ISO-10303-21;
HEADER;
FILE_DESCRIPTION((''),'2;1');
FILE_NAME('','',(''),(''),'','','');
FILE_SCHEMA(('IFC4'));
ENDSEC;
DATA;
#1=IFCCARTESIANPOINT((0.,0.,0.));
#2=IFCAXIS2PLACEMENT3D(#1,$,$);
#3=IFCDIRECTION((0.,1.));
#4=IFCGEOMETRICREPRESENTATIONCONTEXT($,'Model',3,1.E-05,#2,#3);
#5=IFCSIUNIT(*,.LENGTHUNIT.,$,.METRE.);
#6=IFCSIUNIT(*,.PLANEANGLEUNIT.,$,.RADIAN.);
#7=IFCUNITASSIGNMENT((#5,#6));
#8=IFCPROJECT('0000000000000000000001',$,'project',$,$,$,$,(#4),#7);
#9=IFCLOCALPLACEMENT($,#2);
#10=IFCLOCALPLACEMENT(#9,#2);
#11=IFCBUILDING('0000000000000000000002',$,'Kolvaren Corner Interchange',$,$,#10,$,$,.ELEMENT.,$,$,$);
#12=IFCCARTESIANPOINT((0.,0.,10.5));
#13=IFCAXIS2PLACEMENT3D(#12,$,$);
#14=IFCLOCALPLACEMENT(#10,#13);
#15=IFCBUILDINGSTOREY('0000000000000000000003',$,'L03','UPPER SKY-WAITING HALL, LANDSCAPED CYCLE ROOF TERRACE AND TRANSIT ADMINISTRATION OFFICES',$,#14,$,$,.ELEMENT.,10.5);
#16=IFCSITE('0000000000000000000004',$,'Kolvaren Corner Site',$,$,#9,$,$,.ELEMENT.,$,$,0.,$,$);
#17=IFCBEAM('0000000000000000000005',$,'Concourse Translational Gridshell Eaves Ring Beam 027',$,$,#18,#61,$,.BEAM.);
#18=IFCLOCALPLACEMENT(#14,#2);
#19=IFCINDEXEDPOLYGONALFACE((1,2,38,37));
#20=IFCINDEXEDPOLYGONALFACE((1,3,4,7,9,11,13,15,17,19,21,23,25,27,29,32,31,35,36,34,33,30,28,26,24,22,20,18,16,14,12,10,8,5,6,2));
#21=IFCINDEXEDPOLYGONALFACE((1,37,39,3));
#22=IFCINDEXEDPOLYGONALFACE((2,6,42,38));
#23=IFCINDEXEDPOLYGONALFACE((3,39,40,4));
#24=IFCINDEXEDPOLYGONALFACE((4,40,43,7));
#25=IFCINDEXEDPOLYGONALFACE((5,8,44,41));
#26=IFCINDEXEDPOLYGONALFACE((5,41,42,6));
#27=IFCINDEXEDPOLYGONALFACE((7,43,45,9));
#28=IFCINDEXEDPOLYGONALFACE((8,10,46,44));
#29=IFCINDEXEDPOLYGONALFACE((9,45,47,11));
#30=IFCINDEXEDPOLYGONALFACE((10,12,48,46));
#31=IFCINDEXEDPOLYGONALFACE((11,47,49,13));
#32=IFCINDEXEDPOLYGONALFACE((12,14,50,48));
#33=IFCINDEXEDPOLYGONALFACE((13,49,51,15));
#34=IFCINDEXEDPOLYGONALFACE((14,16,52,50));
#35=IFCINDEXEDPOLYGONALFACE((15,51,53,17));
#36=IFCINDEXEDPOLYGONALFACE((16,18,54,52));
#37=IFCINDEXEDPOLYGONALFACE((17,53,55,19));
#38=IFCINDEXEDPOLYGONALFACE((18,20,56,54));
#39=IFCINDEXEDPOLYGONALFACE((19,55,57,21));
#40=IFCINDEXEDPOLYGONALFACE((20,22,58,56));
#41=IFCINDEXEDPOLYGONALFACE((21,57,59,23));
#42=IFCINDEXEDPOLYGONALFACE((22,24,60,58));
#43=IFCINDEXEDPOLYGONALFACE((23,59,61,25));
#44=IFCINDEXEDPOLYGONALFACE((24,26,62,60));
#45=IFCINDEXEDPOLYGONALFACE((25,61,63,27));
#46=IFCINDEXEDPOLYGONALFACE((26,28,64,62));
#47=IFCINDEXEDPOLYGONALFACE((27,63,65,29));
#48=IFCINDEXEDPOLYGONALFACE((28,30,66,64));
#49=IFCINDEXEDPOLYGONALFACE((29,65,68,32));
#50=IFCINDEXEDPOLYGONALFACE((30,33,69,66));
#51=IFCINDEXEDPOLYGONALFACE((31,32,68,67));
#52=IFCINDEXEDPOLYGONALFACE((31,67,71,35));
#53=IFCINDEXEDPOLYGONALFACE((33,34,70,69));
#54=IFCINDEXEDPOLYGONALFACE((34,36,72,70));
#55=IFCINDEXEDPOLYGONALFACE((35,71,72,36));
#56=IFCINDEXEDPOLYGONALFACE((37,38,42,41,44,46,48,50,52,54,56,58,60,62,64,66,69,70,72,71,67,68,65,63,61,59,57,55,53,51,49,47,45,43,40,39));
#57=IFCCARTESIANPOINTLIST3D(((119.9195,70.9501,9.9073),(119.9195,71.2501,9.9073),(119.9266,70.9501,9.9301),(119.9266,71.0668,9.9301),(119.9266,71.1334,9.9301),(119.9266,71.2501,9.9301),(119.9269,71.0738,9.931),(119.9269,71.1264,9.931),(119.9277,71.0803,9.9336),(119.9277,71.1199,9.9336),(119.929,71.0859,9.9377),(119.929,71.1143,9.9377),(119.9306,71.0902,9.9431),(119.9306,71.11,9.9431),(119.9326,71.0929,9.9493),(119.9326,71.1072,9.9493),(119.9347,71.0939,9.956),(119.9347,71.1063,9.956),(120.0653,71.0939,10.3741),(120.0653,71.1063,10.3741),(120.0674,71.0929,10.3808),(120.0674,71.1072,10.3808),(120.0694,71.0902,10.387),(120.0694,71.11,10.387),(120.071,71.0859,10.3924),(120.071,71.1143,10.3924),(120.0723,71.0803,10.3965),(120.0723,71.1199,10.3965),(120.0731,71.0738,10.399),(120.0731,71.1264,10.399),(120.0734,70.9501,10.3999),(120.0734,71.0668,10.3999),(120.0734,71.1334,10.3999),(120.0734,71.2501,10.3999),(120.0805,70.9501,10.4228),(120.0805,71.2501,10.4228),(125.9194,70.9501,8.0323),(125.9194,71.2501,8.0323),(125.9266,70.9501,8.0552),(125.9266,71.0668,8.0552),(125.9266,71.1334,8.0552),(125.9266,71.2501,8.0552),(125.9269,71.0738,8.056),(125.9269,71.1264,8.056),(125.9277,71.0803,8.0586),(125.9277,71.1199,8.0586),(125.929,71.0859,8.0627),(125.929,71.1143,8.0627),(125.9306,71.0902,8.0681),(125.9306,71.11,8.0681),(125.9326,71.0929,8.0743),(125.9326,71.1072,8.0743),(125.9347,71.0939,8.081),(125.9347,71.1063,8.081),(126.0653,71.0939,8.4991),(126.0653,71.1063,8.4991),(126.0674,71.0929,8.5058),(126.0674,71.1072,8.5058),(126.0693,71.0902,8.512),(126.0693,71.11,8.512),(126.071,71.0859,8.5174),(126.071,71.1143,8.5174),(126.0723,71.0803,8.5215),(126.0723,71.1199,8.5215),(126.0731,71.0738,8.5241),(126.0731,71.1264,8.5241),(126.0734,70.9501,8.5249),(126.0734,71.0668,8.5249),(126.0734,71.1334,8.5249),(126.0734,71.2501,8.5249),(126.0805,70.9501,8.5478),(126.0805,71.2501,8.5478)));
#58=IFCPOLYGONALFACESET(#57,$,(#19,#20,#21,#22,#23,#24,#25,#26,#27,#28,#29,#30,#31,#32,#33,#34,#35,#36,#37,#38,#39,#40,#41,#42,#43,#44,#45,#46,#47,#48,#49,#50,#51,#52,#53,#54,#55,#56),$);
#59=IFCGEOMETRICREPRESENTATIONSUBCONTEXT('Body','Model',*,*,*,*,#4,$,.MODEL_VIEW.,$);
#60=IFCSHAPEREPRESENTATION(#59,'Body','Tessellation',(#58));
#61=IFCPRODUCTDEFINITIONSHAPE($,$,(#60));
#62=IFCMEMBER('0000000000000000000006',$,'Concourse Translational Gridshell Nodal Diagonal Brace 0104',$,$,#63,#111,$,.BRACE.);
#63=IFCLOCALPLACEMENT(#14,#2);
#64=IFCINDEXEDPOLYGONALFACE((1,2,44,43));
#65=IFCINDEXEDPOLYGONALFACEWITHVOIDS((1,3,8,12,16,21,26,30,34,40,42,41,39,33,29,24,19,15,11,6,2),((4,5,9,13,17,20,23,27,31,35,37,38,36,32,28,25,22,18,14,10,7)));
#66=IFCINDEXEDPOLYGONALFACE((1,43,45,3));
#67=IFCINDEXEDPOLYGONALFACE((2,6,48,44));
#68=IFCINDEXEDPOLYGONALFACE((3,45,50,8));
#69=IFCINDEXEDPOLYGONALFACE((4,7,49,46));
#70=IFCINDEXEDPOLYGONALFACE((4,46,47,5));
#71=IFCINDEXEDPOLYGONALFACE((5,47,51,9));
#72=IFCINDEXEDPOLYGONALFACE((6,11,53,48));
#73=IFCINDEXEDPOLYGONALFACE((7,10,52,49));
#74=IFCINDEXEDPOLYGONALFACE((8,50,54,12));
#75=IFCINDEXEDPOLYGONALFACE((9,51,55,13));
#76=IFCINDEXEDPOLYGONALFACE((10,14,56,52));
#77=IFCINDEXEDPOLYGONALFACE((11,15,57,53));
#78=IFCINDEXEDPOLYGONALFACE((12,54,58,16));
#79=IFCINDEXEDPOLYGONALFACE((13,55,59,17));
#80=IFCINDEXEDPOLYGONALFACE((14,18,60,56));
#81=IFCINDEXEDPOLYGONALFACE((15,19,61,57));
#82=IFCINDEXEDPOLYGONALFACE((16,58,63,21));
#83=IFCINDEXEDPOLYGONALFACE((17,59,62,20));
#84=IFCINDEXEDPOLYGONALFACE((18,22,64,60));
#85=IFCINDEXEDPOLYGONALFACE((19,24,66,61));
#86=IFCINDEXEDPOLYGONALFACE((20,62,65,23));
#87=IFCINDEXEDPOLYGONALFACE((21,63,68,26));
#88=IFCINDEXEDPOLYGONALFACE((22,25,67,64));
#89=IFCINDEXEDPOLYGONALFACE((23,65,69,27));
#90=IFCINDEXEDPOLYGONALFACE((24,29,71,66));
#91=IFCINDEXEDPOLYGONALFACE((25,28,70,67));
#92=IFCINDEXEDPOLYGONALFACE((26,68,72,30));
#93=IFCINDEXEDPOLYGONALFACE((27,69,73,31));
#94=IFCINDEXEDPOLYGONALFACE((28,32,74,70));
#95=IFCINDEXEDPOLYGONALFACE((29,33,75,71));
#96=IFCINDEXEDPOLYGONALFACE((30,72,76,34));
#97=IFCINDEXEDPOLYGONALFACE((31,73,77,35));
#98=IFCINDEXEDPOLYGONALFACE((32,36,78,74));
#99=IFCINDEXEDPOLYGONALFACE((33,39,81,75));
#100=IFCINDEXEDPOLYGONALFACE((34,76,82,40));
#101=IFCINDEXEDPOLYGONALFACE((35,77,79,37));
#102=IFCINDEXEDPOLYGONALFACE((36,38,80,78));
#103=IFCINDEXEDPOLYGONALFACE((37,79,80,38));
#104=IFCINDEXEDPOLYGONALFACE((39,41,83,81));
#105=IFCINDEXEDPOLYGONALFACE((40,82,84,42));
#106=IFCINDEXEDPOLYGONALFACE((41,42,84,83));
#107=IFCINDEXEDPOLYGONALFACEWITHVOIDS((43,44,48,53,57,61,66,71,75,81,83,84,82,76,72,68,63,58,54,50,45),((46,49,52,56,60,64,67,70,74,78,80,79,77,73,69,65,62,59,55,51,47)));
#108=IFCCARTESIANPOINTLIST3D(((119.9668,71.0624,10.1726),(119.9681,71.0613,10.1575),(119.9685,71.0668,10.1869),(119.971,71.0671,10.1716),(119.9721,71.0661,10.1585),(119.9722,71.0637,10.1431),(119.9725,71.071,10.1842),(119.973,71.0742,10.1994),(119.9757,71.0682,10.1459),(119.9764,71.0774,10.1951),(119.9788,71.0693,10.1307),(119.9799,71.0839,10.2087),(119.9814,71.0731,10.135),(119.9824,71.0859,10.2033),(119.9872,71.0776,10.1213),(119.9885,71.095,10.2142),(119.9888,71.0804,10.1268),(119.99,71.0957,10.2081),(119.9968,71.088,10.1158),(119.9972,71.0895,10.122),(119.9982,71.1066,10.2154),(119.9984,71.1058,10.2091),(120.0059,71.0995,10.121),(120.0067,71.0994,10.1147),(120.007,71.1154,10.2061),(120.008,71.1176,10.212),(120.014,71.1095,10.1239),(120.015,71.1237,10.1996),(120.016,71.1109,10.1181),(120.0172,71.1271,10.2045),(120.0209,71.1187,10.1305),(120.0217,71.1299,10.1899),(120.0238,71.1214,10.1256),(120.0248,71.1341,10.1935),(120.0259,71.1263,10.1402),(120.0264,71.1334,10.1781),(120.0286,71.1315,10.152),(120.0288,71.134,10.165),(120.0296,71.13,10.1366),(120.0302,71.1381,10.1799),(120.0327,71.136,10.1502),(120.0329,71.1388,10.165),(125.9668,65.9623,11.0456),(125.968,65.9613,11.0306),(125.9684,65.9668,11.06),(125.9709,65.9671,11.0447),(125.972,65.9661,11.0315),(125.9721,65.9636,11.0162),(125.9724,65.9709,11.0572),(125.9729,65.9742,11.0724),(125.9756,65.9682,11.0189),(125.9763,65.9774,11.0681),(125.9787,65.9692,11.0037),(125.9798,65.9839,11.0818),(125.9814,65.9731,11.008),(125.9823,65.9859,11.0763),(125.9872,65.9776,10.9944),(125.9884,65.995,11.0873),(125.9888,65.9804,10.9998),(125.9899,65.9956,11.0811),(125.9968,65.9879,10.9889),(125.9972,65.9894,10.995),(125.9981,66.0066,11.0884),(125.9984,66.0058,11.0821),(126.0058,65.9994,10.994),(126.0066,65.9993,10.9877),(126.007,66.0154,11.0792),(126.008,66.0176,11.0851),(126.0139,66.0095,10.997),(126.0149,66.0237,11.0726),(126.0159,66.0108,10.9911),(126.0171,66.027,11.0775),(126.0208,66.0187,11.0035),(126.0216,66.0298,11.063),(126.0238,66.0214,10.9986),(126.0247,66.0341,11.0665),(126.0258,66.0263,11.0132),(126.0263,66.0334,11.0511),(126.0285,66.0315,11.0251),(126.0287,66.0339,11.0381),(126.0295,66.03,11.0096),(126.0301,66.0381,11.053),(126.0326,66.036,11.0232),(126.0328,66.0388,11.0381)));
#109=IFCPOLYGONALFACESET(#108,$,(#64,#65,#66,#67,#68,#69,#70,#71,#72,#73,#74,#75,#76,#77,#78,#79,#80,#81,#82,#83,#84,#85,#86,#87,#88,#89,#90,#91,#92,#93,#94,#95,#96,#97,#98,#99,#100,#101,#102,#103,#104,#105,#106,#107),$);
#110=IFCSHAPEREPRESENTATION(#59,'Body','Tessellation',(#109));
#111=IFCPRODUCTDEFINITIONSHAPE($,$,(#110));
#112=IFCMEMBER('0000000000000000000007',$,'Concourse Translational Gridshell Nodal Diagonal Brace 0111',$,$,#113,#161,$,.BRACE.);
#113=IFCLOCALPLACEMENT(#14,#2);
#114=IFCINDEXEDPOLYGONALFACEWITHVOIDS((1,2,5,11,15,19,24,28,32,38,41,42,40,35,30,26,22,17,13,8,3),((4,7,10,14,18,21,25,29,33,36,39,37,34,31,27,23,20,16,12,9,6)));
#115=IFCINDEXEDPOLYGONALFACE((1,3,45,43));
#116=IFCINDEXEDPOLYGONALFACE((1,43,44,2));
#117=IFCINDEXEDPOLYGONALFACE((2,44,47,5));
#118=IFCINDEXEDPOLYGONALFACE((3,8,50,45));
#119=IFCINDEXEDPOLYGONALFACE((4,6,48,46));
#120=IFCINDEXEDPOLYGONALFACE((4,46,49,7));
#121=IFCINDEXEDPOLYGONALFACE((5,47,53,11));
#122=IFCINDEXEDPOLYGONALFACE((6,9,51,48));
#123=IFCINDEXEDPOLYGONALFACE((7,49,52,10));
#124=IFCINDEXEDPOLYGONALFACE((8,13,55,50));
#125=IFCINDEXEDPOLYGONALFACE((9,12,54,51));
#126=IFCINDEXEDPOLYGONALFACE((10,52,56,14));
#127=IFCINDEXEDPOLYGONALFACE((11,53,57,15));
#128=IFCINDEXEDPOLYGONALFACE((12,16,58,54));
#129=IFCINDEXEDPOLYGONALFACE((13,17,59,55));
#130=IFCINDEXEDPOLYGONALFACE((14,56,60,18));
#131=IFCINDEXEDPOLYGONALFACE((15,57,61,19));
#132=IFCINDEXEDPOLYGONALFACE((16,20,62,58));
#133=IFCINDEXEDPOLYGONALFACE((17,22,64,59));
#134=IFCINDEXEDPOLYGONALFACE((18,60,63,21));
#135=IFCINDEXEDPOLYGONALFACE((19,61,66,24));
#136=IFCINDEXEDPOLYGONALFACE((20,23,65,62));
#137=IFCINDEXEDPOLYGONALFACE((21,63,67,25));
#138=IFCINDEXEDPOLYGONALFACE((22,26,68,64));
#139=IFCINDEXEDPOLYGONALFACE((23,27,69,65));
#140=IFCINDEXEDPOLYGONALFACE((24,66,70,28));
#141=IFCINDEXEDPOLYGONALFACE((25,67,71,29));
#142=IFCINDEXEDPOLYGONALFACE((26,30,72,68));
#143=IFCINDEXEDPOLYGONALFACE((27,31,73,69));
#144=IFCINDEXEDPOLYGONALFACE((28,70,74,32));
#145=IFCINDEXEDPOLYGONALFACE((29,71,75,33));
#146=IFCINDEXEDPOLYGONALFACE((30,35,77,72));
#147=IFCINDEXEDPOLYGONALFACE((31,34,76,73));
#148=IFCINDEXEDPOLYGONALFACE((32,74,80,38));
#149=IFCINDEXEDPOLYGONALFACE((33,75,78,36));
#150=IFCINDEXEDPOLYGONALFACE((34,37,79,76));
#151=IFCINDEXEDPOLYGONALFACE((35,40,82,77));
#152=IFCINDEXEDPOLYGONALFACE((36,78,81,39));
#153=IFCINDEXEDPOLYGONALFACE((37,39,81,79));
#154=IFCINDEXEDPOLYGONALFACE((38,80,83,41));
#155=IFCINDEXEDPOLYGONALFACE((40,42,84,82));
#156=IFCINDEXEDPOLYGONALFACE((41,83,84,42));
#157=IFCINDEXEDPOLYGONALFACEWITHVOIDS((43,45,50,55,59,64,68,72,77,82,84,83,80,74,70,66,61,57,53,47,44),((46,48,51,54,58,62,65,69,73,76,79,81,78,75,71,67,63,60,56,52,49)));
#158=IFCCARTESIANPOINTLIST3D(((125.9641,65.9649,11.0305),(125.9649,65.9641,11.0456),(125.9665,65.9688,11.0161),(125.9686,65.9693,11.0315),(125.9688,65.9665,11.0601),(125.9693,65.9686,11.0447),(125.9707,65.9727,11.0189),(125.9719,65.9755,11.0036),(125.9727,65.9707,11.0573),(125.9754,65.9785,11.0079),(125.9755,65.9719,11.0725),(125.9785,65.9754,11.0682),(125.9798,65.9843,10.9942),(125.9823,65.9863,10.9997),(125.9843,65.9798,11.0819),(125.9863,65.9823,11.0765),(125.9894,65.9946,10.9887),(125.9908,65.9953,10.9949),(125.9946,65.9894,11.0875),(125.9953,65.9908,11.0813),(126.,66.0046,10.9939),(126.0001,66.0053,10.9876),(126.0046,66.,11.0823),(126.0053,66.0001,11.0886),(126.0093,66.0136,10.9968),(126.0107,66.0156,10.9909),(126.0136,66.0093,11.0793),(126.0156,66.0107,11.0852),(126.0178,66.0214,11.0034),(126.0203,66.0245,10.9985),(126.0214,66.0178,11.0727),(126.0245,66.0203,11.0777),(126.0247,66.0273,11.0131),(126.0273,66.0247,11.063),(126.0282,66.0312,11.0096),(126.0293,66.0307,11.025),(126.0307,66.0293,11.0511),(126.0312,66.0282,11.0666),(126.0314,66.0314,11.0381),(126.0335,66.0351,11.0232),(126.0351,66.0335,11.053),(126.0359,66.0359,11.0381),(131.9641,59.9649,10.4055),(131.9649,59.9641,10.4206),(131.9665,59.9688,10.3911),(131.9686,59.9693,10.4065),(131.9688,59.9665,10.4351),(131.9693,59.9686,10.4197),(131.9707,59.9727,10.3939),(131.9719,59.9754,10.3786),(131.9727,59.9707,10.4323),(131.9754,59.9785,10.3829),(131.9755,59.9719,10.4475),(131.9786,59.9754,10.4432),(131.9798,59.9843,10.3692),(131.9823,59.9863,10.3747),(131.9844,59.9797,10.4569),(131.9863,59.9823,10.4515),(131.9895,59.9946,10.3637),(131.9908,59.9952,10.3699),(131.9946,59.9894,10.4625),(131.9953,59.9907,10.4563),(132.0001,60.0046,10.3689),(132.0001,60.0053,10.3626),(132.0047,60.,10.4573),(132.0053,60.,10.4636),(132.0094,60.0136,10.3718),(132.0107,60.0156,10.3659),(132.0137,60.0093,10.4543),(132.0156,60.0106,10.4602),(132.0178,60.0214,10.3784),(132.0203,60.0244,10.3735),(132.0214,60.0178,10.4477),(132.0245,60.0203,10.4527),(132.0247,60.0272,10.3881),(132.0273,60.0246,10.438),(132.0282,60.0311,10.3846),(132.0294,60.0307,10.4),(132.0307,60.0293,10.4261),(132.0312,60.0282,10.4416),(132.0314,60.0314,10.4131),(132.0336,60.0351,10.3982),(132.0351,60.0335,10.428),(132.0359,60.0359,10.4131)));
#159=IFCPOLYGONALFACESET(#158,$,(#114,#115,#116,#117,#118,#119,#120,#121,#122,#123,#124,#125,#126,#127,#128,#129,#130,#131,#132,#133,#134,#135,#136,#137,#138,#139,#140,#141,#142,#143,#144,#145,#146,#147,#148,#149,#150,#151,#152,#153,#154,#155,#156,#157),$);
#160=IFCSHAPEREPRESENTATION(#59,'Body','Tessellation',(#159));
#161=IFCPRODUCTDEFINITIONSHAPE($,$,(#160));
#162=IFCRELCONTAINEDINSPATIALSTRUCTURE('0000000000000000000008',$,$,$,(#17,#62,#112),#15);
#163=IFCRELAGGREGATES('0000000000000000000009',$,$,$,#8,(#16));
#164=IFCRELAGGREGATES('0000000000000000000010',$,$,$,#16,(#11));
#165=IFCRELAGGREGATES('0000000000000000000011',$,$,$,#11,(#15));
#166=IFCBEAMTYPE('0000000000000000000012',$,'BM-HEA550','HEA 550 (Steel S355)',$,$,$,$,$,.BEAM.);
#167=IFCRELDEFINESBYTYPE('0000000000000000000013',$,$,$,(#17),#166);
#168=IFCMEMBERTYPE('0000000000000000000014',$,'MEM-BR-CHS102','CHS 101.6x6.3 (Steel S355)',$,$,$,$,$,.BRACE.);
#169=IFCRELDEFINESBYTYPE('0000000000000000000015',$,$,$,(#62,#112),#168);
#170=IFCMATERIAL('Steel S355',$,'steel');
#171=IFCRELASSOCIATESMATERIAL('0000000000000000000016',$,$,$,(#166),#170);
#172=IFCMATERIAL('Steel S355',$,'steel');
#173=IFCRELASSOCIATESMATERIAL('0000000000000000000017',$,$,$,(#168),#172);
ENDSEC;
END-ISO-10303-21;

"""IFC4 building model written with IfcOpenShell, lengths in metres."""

from ifc_helpers import new_model, si_unit, direction, frame, origin, origin_2d, place, context, subcontext, project, spatial, hollow_circle, i_section, extrude, material, material_profile, profile_set, type_object, element, save


model = new_model("IFC4")

# Units and contexts
model_context = context("Model", 3, precision=1e-05, world=origin(), true_north=direction((0.0, 1.0)))
body_context = subcontext(model_context, "Body", "Model", "MODEL_VIEW")
ifc_project = project(units=[si_unit("LENGTHUNIT", "METRE"), si_unit("PLANEANGLEUNIT", "RADIAN")], contexts=[model_context])

# Site, building, storey
site_placement = place(None, origin())
site = spatial("IfcSite", under=ifc_project, at=site_placement, Name="Kolvaren Corner Site", CompositionType="ELEMENT", RefElevation=0.0)
building_placement = place(site_placement, origin())
building = spatial("IfcBuilding", under=site, at=building_placement, Name="Kolvaren Corner Interchange", CompositionType="ELEMENT")
storey_placement = place(building_placement, frame((0.0, 0.0, 10.5)))
storey = spatial("IfcBuildingStorey", under=building, at=storey_placement, Name="L03", Description="UPPER SKY-WAITING HALL, LANDSCAPED CYCLE ROOF TERRACE AND TRANSIT ADMINISTRATION OFFICES", CompositionType="ELEMENT", Elevation=10.5)

# Beam
ifc_material_1 = material(Name="Steel S355", Category="steel")
ifc_material_profile_1 = material_profile(ifc_material_1, i_section(OverallWidth=0.3, OverallDepth=0.54, WebThickness=0.0125, FlangeThickness=0.0239, FilletRadius=0.0271, at=origin_2d()), Name="HEA 550")
ifc_profile_set_1 = profile_set([ifc_material_profile_1], Name="Steel S355")
beam_type = type_object("IfcBeamType", Name="BM-HEA550", Description="HEA 550 (Steel S355)", PredefinedType="BEAM", material=ifc_profile_set_1)
beam_placement = place(storey_placement, frame((120.0, 71.1001, 10.165), z_axis=(0.95448, 0.0, -0.298275), x_axis=(0.0, 1.0, 0.0)))
element("IfcBeam", 1, at=beam_placement, inside=storey, type_object=beam_type, Name="Concourse Translational Gridshell Eaves Ring Beam 027", PredefinedType="BEAM", context=body_context, shape_type="SweptSolid", body=[
    extrude(i_section(OverallWidth=0.3, OverallDepth=0.54, WebThickness=0.0125, FlangeThickness=0.0239, FilletRadius=0.0271, at=origin_2d()), origin(), (0.0, 0.0, 1.0), 6.2861),
])

# Members
ifc_material_2 = material(Name="Steel S355", Category="steel")
ifc_material_profile_2 = material_profile(ifc_material_2, hollow_circle(Radius=0.0508, WallThickness=0.0063, at=origin_2d()), Name="CHS 101.6x6.3")
ifc_profile_set_2 = profile_set([ifc_material_profile_2], Name="Steel S355")
member_type_1 = type_object("IfcMemberType", Name="MEM-BR-CHS102", Description="CHS 101.6x6.3 (Steel S355)", PredefinedType="BRACE", material=ifc_profile_set_2)
member_1_placement = place(storey_placement, frame((120.0, 71.1001, 10.165), z_axis=(0.757293, -0.643712, 0.110192), x_axis=(0.647656, 0.761933, 0.0)))
element("IfcMember", 2, at=member_1_placement, inside=storey, type_object=member_type_1, Name="Concourse Translational Gridshell Nodal Diagonal Brace 0104", PredefinedType="BRACE", context=body_context, shape_type="SweptSolid", body=[
    extrude(hollow_circle(Radius=0.0508, WallThickness=0.0063, at=origin_2d()), origin(), (0.0, 0.0, 1.0), 7.9229),
])
member_2_placement = place(storey_placement, frame((126.0, 66.0, 11.0381), z_axis=(0.705196, -0.705196, -0.073458), x_axis=(0.707107, 0.707107, 0.0)))
element("IfcMember", 3, at=member_2_placement, inside=storey, type_object=member_type_1, Name="Concourse Translational Gridshell Nodal Diagonal Brace 0111", PredefinedType="BRACE", context=body_context, shape_type="SweptSolid", body=[
    extrude(hollow_circle(Radius=0.0508, WallThickness=0.0063, at=origin_2d()), origin(), (0.0, 0.0, 1.0), 8.5083),
])

save(model, "model.ifc")
